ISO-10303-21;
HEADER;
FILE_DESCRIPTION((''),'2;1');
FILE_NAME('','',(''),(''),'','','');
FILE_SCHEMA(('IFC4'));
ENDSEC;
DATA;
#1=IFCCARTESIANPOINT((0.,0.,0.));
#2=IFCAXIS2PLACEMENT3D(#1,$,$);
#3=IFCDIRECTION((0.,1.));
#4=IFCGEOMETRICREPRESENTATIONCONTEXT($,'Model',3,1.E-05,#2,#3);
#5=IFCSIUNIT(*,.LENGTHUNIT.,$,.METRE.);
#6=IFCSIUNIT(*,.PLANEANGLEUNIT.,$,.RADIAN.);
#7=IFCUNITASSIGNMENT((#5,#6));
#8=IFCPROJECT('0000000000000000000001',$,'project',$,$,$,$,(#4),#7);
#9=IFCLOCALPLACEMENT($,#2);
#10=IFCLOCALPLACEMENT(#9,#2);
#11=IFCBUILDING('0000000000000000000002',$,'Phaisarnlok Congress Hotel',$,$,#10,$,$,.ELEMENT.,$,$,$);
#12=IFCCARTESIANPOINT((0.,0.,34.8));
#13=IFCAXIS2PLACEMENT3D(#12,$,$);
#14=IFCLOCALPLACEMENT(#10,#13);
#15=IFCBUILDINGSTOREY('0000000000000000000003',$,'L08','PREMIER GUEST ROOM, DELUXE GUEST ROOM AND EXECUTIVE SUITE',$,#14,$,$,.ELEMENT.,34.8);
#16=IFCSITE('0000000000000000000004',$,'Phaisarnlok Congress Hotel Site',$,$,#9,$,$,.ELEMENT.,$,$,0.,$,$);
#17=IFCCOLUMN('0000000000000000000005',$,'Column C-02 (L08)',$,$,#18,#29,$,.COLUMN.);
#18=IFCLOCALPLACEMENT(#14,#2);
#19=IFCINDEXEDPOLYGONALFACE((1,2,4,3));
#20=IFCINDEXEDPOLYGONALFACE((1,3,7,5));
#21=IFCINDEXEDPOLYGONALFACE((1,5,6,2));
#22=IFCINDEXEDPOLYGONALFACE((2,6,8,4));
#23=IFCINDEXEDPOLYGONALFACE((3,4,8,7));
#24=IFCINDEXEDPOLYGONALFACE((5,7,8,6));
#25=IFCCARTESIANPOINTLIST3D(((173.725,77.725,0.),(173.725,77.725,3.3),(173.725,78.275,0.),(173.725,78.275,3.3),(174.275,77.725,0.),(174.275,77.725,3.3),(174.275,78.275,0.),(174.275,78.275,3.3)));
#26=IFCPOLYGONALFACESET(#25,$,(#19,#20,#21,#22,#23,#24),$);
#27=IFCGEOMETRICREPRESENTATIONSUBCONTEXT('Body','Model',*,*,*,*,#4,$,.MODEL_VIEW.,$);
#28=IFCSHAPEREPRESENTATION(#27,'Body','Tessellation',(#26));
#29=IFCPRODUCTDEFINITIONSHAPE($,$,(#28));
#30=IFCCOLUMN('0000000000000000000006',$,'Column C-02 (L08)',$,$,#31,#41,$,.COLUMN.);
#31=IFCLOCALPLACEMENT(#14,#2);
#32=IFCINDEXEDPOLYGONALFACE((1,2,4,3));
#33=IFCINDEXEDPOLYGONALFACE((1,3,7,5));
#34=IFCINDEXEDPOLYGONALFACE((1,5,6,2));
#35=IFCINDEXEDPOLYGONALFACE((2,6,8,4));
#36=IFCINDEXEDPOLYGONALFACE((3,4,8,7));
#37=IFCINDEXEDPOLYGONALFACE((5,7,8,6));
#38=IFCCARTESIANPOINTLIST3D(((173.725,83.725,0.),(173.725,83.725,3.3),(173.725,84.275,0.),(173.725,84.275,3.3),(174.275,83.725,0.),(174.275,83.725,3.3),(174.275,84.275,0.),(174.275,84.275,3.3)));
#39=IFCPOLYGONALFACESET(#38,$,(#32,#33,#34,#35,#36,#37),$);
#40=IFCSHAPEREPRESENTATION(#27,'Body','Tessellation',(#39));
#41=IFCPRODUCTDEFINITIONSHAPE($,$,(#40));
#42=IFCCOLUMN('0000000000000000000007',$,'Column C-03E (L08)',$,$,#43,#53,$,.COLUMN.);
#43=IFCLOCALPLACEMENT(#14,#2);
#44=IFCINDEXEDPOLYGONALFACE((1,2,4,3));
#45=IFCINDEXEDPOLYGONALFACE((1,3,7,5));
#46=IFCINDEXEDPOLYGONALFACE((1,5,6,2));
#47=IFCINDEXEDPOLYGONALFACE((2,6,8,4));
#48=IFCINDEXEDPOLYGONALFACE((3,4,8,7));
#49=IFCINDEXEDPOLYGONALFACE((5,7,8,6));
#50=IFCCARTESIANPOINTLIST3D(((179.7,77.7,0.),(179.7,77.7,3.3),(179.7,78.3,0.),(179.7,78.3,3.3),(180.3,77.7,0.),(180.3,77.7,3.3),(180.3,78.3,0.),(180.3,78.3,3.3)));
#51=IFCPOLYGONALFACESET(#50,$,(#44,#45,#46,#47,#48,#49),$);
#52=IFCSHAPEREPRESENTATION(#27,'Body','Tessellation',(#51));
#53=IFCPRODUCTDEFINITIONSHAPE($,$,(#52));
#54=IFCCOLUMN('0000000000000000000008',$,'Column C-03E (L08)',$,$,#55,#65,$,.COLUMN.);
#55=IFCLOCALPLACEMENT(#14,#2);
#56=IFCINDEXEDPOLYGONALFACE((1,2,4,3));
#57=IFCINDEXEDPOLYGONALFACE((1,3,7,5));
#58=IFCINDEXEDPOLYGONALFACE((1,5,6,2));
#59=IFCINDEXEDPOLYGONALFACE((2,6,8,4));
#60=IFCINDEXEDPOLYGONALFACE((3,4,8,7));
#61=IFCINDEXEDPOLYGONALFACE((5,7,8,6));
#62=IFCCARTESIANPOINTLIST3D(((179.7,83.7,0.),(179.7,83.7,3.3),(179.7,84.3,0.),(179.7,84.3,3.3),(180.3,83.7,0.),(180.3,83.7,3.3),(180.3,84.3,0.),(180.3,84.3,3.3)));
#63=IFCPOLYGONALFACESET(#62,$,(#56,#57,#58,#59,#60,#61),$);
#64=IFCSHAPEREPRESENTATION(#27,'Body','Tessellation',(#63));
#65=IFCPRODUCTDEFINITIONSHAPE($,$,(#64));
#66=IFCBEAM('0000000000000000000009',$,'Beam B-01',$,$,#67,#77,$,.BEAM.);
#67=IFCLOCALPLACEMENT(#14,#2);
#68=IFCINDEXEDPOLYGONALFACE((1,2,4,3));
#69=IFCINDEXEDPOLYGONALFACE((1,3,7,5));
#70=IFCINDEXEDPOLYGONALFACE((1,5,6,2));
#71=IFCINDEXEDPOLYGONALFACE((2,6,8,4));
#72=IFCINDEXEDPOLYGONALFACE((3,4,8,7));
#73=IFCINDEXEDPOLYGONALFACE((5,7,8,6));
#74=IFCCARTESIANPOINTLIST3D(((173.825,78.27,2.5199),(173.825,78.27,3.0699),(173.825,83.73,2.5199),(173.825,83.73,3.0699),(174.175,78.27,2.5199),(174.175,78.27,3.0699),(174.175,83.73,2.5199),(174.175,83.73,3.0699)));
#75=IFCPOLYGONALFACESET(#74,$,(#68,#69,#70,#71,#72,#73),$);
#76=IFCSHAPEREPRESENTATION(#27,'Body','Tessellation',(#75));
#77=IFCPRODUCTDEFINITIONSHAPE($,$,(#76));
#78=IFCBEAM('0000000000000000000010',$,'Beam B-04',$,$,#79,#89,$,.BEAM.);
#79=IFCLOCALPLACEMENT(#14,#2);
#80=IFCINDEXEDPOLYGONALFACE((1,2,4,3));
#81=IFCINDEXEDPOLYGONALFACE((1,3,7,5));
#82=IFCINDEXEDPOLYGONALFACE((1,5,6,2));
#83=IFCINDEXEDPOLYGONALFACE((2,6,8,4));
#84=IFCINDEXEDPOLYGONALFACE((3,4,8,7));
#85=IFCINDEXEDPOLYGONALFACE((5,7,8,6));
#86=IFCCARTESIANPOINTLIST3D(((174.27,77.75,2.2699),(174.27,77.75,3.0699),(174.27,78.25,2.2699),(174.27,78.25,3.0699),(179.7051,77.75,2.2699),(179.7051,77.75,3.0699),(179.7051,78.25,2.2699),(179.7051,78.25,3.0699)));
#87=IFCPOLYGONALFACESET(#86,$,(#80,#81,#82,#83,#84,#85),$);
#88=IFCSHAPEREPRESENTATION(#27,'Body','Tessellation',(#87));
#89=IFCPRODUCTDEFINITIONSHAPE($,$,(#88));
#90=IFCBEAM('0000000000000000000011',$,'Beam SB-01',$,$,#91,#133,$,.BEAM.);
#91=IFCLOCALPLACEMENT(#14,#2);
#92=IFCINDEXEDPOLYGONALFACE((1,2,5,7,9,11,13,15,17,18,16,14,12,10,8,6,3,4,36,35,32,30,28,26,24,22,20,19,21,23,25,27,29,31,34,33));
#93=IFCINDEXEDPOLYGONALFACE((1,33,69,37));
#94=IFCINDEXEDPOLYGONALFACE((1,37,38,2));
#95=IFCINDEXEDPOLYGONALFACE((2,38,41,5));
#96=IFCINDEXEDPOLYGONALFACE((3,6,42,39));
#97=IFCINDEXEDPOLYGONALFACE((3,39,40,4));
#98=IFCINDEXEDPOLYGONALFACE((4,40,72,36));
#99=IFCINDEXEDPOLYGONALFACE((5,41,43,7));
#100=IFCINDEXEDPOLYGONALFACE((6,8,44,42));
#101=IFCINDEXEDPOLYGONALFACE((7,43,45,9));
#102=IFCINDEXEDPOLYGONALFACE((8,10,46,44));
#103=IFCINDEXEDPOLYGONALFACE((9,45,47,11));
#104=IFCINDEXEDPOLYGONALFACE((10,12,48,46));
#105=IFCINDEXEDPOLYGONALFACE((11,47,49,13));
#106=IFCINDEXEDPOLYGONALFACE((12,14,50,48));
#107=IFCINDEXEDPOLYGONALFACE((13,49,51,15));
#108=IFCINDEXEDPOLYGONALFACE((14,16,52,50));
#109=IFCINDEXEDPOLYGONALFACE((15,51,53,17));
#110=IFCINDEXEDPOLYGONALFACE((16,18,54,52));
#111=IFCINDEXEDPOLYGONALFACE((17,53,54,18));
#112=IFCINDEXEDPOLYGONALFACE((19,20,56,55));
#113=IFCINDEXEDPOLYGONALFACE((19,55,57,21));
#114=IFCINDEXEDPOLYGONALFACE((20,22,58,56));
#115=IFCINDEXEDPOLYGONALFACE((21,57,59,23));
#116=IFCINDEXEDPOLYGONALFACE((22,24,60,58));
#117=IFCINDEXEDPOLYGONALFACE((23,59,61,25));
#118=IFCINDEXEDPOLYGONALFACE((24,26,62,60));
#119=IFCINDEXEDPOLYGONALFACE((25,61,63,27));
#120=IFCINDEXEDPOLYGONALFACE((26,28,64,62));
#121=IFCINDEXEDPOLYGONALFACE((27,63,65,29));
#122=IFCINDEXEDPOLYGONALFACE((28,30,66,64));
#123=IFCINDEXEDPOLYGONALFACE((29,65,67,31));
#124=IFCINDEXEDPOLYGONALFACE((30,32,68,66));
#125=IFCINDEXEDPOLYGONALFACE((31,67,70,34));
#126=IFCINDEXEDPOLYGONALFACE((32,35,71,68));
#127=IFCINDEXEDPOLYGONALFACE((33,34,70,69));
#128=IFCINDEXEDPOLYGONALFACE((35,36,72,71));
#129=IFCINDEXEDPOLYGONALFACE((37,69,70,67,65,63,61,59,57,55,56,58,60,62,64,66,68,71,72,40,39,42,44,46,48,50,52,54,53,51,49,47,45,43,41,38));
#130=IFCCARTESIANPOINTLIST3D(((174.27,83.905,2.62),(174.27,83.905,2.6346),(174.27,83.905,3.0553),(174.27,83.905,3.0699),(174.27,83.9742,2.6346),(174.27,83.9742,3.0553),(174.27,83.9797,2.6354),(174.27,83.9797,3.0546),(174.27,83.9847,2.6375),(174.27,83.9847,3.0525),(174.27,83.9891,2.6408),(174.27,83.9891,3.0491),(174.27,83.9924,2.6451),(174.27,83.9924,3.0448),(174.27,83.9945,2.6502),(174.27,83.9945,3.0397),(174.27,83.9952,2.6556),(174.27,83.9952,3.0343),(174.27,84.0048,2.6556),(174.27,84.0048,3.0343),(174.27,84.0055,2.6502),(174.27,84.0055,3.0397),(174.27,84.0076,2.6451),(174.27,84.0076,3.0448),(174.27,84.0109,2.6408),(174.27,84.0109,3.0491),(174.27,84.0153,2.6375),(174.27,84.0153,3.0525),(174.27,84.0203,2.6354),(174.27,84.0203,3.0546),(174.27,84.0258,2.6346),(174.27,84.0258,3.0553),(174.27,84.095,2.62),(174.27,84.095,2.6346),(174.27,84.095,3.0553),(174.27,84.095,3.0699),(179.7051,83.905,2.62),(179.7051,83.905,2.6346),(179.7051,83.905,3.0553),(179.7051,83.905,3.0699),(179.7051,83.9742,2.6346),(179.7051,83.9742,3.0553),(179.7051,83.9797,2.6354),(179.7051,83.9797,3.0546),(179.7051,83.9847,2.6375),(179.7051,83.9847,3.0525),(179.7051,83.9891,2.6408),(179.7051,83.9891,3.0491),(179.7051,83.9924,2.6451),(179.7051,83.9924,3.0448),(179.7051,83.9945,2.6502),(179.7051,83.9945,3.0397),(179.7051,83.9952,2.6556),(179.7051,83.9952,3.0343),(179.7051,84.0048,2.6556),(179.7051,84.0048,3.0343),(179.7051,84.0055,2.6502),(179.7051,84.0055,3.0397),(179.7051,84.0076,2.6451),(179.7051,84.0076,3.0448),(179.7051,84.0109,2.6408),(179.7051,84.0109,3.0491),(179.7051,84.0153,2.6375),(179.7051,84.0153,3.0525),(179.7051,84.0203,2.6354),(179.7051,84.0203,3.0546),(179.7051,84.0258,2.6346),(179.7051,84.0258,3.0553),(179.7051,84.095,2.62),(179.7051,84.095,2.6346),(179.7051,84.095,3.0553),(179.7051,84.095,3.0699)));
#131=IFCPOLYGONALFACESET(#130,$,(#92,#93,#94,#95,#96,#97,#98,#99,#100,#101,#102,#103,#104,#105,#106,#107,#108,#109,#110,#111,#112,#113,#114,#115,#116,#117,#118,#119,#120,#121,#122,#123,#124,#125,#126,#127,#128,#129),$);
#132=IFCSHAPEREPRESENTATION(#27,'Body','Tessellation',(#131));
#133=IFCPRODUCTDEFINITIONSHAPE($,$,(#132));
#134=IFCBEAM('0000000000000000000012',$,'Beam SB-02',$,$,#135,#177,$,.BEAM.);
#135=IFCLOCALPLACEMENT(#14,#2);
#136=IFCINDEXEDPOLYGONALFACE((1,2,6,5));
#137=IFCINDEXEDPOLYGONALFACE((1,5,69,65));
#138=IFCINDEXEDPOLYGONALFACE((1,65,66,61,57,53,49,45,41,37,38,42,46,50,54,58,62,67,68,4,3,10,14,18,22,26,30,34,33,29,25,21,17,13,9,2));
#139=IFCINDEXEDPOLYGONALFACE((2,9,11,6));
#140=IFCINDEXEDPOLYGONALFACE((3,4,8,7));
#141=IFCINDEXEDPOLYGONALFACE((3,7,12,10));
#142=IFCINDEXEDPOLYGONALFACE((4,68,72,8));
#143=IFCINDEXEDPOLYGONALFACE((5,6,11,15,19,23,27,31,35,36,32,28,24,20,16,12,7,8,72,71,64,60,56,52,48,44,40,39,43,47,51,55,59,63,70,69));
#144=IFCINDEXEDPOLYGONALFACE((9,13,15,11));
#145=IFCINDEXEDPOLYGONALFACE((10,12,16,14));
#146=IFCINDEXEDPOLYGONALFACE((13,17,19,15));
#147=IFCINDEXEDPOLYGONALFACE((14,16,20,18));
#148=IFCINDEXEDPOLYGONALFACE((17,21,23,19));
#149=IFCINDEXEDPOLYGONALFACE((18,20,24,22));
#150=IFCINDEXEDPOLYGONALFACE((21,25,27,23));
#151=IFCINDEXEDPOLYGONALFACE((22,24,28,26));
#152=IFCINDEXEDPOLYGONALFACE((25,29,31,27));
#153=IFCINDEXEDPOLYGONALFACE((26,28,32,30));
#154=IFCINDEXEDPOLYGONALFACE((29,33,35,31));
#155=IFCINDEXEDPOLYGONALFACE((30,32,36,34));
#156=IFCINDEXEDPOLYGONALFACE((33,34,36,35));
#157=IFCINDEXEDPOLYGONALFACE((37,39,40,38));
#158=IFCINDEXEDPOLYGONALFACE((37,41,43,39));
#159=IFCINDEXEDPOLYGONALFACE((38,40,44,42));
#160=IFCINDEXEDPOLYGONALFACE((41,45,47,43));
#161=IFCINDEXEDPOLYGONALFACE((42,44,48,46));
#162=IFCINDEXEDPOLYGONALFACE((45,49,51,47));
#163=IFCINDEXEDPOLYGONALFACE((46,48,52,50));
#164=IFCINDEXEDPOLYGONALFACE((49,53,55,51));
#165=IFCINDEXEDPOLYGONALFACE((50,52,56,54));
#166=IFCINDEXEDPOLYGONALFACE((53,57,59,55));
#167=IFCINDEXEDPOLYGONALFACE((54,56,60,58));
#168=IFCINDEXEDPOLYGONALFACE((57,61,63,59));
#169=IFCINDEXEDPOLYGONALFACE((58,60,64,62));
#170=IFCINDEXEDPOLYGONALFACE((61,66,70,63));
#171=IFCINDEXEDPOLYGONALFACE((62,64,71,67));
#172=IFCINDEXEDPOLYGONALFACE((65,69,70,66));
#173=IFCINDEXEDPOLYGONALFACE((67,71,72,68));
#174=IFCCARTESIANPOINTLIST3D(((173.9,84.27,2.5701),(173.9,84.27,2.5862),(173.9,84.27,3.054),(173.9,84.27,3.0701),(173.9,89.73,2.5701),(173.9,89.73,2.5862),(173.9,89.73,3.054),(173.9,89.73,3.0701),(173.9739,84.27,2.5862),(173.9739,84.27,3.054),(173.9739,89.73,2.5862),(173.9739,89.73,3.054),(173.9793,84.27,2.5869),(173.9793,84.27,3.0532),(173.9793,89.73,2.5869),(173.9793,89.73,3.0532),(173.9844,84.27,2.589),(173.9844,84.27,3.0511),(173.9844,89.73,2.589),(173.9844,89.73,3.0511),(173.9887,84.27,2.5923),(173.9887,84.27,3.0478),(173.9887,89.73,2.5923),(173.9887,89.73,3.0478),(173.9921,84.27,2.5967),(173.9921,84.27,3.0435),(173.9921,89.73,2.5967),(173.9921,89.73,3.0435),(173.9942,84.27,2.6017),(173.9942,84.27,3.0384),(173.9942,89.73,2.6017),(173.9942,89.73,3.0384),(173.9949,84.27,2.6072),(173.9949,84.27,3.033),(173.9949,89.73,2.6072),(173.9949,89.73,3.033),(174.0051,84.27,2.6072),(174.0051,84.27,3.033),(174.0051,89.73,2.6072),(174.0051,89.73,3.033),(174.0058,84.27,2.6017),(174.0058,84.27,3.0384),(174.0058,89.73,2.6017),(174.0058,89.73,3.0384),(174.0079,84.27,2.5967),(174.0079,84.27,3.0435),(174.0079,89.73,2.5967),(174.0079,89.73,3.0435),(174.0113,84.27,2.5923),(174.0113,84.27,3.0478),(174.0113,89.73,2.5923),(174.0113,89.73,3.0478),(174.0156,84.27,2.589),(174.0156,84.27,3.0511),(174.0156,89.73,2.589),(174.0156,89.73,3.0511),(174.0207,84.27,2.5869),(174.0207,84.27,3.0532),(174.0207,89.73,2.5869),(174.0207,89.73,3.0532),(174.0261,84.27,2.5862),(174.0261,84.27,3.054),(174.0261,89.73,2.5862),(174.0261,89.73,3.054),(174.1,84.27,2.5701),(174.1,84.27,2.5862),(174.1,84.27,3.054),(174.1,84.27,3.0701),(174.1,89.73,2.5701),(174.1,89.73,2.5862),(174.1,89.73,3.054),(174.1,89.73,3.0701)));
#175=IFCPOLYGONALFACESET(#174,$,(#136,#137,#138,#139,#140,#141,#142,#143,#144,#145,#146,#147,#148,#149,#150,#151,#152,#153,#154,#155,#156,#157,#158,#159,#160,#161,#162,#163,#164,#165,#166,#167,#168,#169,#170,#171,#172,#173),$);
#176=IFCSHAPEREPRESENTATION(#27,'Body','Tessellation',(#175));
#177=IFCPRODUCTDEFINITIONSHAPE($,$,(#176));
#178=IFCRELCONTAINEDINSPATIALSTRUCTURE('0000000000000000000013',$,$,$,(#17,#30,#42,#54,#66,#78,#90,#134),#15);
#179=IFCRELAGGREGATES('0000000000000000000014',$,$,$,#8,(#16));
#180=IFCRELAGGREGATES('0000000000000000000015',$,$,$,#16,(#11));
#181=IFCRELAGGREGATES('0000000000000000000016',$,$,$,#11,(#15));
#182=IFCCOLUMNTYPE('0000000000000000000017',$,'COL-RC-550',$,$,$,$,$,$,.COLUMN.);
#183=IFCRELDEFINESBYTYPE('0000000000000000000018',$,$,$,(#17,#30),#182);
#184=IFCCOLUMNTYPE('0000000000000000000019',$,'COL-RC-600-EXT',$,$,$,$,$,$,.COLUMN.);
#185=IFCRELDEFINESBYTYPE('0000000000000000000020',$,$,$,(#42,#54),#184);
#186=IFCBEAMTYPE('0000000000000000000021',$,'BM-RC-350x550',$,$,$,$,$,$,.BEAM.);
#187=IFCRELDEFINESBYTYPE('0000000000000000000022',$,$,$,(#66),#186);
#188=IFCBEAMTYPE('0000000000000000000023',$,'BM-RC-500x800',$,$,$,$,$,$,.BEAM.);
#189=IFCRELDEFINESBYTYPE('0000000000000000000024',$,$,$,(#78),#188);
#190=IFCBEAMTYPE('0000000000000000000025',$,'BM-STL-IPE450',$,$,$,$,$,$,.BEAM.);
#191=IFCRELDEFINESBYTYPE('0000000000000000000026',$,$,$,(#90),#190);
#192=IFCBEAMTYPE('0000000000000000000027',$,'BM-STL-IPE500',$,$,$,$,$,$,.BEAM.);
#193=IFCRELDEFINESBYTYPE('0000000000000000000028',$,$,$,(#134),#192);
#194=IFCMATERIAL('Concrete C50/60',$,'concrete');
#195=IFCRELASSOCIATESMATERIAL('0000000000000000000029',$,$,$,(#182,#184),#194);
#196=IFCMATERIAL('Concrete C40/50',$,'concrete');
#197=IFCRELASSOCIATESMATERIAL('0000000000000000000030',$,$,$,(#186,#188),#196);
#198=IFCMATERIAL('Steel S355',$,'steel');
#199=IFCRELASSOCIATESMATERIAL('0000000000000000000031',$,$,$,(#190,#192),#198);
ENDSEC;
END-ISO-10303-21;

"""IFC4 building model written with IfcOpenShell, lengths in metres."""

from ifc_helpers import new_model, si_unit, direction, frame, origin, origin_2d, place, context, subcontext, project, spatial, rectangle, i_section, extrude, material, material_profile, profile_set, type_object, element, save


model = new_model("IFC4")

# Units and contexts
model_context = context("Model", 3, precision=1e-05, world=origin(), true_north=direction((0.0, 1.0)))
body_context = subcontext(model_context, "Body", "Model", "MODEL_VIEW")
ifc_project = project(units=[si_unit("LENGTHUNIT", "METRE"), si_unit("PLANEANGLEUNIT", "RADIAN")], contexts=[model_context])

# Site, building, storey
site_placement = place(None, origin())
site = spatial("IfcSite", under=ifc_project, at=site_placement, Name="Phaisarnlok Congress Hotel Site", CompositionType="ELEMENT", RefElevation=0.0)
building_placement = place(site_placement, origin())
building = spatial("IfcBuilding", under=site, at=building_placement, Name="Phaisarnlok Congress Hotel", CompositionType="ELEMENT")
storey_placement = place(building_placement, frame((0.0, 0.0, 34.8)))
storey = spatial("IfcBuildingStorey", under=building, at=storey_placement, Name="L08", Description="PREMIER GUEST ROOM, DELUXE GUEST ROOM AND EXECUTIVE SUITE", CompositionType="ELEMENT", Elevation=34.8)

# Columns
ifc_material_1 = material(Name="Concrete C50/60", Category="concrete")
ifc_material_profile_1 = material_profile(ifc_material_1, rectangle(XDim=0.55, YDim=0.55, at=origin_2d()), Name="RC 550x550")
ifc_profile_set_1 = profile_set([ifc_material_profile_1], Name="Concrete C50/60")
column_type_1 = type_object("IfcColumnType", Name="COL-RC-550", PredefinedType="COLUMN", material=ifc_profile_set_1)
for number, where, z_axis, x_axis, name in (
    (1, (174.0, 78.0, 0.0), (0.0, 0.0, 1.0), (1.0, 0.0, 0.0), "Column C-02 (L08)"),
    (2, (174.0, 84.0, 0.0), (0.0, 0.0, 1.0), (1.0, 0.0, 0.0), "Column C-02 (L08)"),
):
    element("IfcColumn", number, at=place(storey_placement, frame(where, z_axis=z_axis, x_axis=x_axis)), inside=storey, type_object=column_type_1, Name=name, PredefinedType="COLUMN", context=body_context, shape_type="SweptSolid", body=[
        extrude(rectangle(XDim=0.55, YDim=0.55, at=origin_2d()), origin(), (0.0, 0.0, 1.0), 3.3),
    ])
ifc_material_profile_2 = material_profile(ifc_material_1, rectangle(XDim=0.6001, YDim=0.6001, at=origin_2d()), Name="RC 600x600")
ifc_profile_set_2 = profile_set([ifc_material_profile_2], Name="Concrete C50/60")
column_type_2 = type_object("IfcColumnType", Name="COL-RC-600-EXT", PredefinedType="COLUMN", material=ifc_profile_set_2)
for number, where, z_axis, x_axis, name in (
    (3, (180.0, 78.0, 0.0), (0.0, 0.0, 1.0), (1.0, 0.0, 0.0), "Column C-03E (L08)"),
    (4, (180.0, 84.0, 0.0), (0.0, 0.0, 1.0), (1.0, 0.0, 0.0), "Column C-03E (L08)"),
):
    element("IfcColumn", number, at=place(storey_placement, frame(where, z_axis=z_axis, x_axis=x_axis)), inside=storey, type_object=column_type_2, Name=name, PredefinedType="COLUMN", context=body_context, shape_type="SweptSolid", body=[
        extrude(rectangle(XDim=0.6001, YDim=0.6001, at=origin_2d()), origin(), (0.0, 0.0, 1.0), 3.3),
    ])

# Beams
ifc_material_2 = material(Name="Concrete C40/50", Category="concrete")
ifc_material_profile_3 = material_profile(ifc_material_2, rectangle(XDim=0.3501, YDim=0.55, at=origin_2d()), Name="RC 350x550")
ifc_profile_set_3 = profile_set([ifc_material_profile_3], Name="Concrete C40/50")
beam_type_1 = type_object("IfcBeamType", Name="BM-RC-350x550", PredefinedType="BEAM", material=ifc_profile_set_3)
beam_1_placement = place(storey_placement, frame((174.0, 78.27, 2.7949), z_axis=(0.0, 1.0, 0.0), x_axis=(-1.0, 0.0, 0.0)))
element("IfcBeam", 5, at=beam_1_placement, inside=storey, type_object=beam_type_1, Name="Beam B-01", PredefinedType="BEAM", context=body_context, shape_type="SweptSolid", body=[
    extrude(rectangle(XDim=0.3501, YDim=0.55, at=origin_2d()), origin(), (0.0, 0.0, 1.0), 5.46),
])
ifc_material_profile_4 = material_profile(ifc_material_2, rectangle(XDim=0.5, YDim=0.8, at=origin_2d()), Name="RC 500x800")
ifc_profile_set_4 = profile_set([ifc_material_profile_4], Name="Concrete C40/50")
beam_type_2 = type_object("IfcBeamType", Name="BM-RC-500x800", PredefinedType="BEAM", material=ifc_profile_set_4)
beam_2_placement = place(storey_placement, frame((174.27, 78.0, 2.6699), z_axis=(1.0, 0.0, 0.0), x_axis=(0.0, 1.0, 0.0)))
element("IfcBeam", 6, at=beam_2_placement, inside=storey, type_object=beam_type_2, Name="Beam B-04", PredefinedType="BEAM", context=body_context, shape_type="SweptSolid", body=[
    extrude(rectangle(XDim=0.5, YDim=0.8, at=origin_2d()), origin(), (0.0, 0.0, 1.0), 5.4351),
])
ifc_material_3 = material(Name="Steel S355", Category="steel")
ifc_material_profile_5 = material_profile(ifc_material_3, i_section(OverallWidth=0.1899, OverallDepth=0.45, WebThickness=0.0095, FlangeThickness=0.0146, FilletRadius=0.021, at=origin_2d()), Name="IPE 450")
ifc_profile_set_5 = profile_set([ifc_material_profile_5], Name="Steel S355")
beam_type_3 = type_object("IfcBeamType", Name="BM-STL-IPE450", PredefinedType="BEAM", material=ifc_profile_set_5)
beam_3_placement = place(storey_placement, frame((174.27, 84.0, 2.845), z_axis=(1.0, 0.0, 0.0), x_axis=(0.0, 1.0, 0.0)))
element("IfcBeam", 7, at=beam_3_placement, inside=storey, type_object=beam_type_3, Name="Beam SB-01", PredefinedType="BEAM", context=body_context, shape_type="SweptSolid", body=[
    extrude(i_section(OverallWidth=0.1899, OverallDepth=0.45, WebThickness=0.0095, FlangeThickness=0.0146, FilletRadius=0.021, at=origin_2d()), origin(), (0.0, 0.0, 1.0), 5.4351),
])
ifc_material_profile_6 = material_profile(ifc_material_3, i_section(OverallWidth=0.2, OverallDepth=0.5, WebThickness=0.0103, FlangeThickness=0.0161, FilletRadius=0.021, at=origin_2d()), Name="IPE 500")
ifc_profile_set_6 = profile_set([ifc_material_profile_6], Name="Steel S355")
beam_type_4 = type_object("IfcBeamType", Name="BM-STL-IPE500", PredefinedType="BEAM", material=ifc_profile_set_6)
beam_4_placement = place(storey_placement, frame((174.0, 84.27, 2.8201), z_axis=(0.0, 1.0, 0.0), x_axis=(-1.0, 0.0, 0.0)))
element("IfcBeam", 8, at=beam_4_placement, inside=storey, type_object=beam_type_4, Name="Beam SB-02", PredefinedType="BEAM", context=body_context, shape_type="SweptSolid", body=[
    extrude(i_section(OverallWidth=0.2, OverallDepth=0.5, WebThickness=0.0103, FlangeThickness=0.0161, FilletRadius=0.021, at=origin_2d()), origin(), (0.0, 0.0, 1.0), 5.46),
])

save(model, "model.ifc")
